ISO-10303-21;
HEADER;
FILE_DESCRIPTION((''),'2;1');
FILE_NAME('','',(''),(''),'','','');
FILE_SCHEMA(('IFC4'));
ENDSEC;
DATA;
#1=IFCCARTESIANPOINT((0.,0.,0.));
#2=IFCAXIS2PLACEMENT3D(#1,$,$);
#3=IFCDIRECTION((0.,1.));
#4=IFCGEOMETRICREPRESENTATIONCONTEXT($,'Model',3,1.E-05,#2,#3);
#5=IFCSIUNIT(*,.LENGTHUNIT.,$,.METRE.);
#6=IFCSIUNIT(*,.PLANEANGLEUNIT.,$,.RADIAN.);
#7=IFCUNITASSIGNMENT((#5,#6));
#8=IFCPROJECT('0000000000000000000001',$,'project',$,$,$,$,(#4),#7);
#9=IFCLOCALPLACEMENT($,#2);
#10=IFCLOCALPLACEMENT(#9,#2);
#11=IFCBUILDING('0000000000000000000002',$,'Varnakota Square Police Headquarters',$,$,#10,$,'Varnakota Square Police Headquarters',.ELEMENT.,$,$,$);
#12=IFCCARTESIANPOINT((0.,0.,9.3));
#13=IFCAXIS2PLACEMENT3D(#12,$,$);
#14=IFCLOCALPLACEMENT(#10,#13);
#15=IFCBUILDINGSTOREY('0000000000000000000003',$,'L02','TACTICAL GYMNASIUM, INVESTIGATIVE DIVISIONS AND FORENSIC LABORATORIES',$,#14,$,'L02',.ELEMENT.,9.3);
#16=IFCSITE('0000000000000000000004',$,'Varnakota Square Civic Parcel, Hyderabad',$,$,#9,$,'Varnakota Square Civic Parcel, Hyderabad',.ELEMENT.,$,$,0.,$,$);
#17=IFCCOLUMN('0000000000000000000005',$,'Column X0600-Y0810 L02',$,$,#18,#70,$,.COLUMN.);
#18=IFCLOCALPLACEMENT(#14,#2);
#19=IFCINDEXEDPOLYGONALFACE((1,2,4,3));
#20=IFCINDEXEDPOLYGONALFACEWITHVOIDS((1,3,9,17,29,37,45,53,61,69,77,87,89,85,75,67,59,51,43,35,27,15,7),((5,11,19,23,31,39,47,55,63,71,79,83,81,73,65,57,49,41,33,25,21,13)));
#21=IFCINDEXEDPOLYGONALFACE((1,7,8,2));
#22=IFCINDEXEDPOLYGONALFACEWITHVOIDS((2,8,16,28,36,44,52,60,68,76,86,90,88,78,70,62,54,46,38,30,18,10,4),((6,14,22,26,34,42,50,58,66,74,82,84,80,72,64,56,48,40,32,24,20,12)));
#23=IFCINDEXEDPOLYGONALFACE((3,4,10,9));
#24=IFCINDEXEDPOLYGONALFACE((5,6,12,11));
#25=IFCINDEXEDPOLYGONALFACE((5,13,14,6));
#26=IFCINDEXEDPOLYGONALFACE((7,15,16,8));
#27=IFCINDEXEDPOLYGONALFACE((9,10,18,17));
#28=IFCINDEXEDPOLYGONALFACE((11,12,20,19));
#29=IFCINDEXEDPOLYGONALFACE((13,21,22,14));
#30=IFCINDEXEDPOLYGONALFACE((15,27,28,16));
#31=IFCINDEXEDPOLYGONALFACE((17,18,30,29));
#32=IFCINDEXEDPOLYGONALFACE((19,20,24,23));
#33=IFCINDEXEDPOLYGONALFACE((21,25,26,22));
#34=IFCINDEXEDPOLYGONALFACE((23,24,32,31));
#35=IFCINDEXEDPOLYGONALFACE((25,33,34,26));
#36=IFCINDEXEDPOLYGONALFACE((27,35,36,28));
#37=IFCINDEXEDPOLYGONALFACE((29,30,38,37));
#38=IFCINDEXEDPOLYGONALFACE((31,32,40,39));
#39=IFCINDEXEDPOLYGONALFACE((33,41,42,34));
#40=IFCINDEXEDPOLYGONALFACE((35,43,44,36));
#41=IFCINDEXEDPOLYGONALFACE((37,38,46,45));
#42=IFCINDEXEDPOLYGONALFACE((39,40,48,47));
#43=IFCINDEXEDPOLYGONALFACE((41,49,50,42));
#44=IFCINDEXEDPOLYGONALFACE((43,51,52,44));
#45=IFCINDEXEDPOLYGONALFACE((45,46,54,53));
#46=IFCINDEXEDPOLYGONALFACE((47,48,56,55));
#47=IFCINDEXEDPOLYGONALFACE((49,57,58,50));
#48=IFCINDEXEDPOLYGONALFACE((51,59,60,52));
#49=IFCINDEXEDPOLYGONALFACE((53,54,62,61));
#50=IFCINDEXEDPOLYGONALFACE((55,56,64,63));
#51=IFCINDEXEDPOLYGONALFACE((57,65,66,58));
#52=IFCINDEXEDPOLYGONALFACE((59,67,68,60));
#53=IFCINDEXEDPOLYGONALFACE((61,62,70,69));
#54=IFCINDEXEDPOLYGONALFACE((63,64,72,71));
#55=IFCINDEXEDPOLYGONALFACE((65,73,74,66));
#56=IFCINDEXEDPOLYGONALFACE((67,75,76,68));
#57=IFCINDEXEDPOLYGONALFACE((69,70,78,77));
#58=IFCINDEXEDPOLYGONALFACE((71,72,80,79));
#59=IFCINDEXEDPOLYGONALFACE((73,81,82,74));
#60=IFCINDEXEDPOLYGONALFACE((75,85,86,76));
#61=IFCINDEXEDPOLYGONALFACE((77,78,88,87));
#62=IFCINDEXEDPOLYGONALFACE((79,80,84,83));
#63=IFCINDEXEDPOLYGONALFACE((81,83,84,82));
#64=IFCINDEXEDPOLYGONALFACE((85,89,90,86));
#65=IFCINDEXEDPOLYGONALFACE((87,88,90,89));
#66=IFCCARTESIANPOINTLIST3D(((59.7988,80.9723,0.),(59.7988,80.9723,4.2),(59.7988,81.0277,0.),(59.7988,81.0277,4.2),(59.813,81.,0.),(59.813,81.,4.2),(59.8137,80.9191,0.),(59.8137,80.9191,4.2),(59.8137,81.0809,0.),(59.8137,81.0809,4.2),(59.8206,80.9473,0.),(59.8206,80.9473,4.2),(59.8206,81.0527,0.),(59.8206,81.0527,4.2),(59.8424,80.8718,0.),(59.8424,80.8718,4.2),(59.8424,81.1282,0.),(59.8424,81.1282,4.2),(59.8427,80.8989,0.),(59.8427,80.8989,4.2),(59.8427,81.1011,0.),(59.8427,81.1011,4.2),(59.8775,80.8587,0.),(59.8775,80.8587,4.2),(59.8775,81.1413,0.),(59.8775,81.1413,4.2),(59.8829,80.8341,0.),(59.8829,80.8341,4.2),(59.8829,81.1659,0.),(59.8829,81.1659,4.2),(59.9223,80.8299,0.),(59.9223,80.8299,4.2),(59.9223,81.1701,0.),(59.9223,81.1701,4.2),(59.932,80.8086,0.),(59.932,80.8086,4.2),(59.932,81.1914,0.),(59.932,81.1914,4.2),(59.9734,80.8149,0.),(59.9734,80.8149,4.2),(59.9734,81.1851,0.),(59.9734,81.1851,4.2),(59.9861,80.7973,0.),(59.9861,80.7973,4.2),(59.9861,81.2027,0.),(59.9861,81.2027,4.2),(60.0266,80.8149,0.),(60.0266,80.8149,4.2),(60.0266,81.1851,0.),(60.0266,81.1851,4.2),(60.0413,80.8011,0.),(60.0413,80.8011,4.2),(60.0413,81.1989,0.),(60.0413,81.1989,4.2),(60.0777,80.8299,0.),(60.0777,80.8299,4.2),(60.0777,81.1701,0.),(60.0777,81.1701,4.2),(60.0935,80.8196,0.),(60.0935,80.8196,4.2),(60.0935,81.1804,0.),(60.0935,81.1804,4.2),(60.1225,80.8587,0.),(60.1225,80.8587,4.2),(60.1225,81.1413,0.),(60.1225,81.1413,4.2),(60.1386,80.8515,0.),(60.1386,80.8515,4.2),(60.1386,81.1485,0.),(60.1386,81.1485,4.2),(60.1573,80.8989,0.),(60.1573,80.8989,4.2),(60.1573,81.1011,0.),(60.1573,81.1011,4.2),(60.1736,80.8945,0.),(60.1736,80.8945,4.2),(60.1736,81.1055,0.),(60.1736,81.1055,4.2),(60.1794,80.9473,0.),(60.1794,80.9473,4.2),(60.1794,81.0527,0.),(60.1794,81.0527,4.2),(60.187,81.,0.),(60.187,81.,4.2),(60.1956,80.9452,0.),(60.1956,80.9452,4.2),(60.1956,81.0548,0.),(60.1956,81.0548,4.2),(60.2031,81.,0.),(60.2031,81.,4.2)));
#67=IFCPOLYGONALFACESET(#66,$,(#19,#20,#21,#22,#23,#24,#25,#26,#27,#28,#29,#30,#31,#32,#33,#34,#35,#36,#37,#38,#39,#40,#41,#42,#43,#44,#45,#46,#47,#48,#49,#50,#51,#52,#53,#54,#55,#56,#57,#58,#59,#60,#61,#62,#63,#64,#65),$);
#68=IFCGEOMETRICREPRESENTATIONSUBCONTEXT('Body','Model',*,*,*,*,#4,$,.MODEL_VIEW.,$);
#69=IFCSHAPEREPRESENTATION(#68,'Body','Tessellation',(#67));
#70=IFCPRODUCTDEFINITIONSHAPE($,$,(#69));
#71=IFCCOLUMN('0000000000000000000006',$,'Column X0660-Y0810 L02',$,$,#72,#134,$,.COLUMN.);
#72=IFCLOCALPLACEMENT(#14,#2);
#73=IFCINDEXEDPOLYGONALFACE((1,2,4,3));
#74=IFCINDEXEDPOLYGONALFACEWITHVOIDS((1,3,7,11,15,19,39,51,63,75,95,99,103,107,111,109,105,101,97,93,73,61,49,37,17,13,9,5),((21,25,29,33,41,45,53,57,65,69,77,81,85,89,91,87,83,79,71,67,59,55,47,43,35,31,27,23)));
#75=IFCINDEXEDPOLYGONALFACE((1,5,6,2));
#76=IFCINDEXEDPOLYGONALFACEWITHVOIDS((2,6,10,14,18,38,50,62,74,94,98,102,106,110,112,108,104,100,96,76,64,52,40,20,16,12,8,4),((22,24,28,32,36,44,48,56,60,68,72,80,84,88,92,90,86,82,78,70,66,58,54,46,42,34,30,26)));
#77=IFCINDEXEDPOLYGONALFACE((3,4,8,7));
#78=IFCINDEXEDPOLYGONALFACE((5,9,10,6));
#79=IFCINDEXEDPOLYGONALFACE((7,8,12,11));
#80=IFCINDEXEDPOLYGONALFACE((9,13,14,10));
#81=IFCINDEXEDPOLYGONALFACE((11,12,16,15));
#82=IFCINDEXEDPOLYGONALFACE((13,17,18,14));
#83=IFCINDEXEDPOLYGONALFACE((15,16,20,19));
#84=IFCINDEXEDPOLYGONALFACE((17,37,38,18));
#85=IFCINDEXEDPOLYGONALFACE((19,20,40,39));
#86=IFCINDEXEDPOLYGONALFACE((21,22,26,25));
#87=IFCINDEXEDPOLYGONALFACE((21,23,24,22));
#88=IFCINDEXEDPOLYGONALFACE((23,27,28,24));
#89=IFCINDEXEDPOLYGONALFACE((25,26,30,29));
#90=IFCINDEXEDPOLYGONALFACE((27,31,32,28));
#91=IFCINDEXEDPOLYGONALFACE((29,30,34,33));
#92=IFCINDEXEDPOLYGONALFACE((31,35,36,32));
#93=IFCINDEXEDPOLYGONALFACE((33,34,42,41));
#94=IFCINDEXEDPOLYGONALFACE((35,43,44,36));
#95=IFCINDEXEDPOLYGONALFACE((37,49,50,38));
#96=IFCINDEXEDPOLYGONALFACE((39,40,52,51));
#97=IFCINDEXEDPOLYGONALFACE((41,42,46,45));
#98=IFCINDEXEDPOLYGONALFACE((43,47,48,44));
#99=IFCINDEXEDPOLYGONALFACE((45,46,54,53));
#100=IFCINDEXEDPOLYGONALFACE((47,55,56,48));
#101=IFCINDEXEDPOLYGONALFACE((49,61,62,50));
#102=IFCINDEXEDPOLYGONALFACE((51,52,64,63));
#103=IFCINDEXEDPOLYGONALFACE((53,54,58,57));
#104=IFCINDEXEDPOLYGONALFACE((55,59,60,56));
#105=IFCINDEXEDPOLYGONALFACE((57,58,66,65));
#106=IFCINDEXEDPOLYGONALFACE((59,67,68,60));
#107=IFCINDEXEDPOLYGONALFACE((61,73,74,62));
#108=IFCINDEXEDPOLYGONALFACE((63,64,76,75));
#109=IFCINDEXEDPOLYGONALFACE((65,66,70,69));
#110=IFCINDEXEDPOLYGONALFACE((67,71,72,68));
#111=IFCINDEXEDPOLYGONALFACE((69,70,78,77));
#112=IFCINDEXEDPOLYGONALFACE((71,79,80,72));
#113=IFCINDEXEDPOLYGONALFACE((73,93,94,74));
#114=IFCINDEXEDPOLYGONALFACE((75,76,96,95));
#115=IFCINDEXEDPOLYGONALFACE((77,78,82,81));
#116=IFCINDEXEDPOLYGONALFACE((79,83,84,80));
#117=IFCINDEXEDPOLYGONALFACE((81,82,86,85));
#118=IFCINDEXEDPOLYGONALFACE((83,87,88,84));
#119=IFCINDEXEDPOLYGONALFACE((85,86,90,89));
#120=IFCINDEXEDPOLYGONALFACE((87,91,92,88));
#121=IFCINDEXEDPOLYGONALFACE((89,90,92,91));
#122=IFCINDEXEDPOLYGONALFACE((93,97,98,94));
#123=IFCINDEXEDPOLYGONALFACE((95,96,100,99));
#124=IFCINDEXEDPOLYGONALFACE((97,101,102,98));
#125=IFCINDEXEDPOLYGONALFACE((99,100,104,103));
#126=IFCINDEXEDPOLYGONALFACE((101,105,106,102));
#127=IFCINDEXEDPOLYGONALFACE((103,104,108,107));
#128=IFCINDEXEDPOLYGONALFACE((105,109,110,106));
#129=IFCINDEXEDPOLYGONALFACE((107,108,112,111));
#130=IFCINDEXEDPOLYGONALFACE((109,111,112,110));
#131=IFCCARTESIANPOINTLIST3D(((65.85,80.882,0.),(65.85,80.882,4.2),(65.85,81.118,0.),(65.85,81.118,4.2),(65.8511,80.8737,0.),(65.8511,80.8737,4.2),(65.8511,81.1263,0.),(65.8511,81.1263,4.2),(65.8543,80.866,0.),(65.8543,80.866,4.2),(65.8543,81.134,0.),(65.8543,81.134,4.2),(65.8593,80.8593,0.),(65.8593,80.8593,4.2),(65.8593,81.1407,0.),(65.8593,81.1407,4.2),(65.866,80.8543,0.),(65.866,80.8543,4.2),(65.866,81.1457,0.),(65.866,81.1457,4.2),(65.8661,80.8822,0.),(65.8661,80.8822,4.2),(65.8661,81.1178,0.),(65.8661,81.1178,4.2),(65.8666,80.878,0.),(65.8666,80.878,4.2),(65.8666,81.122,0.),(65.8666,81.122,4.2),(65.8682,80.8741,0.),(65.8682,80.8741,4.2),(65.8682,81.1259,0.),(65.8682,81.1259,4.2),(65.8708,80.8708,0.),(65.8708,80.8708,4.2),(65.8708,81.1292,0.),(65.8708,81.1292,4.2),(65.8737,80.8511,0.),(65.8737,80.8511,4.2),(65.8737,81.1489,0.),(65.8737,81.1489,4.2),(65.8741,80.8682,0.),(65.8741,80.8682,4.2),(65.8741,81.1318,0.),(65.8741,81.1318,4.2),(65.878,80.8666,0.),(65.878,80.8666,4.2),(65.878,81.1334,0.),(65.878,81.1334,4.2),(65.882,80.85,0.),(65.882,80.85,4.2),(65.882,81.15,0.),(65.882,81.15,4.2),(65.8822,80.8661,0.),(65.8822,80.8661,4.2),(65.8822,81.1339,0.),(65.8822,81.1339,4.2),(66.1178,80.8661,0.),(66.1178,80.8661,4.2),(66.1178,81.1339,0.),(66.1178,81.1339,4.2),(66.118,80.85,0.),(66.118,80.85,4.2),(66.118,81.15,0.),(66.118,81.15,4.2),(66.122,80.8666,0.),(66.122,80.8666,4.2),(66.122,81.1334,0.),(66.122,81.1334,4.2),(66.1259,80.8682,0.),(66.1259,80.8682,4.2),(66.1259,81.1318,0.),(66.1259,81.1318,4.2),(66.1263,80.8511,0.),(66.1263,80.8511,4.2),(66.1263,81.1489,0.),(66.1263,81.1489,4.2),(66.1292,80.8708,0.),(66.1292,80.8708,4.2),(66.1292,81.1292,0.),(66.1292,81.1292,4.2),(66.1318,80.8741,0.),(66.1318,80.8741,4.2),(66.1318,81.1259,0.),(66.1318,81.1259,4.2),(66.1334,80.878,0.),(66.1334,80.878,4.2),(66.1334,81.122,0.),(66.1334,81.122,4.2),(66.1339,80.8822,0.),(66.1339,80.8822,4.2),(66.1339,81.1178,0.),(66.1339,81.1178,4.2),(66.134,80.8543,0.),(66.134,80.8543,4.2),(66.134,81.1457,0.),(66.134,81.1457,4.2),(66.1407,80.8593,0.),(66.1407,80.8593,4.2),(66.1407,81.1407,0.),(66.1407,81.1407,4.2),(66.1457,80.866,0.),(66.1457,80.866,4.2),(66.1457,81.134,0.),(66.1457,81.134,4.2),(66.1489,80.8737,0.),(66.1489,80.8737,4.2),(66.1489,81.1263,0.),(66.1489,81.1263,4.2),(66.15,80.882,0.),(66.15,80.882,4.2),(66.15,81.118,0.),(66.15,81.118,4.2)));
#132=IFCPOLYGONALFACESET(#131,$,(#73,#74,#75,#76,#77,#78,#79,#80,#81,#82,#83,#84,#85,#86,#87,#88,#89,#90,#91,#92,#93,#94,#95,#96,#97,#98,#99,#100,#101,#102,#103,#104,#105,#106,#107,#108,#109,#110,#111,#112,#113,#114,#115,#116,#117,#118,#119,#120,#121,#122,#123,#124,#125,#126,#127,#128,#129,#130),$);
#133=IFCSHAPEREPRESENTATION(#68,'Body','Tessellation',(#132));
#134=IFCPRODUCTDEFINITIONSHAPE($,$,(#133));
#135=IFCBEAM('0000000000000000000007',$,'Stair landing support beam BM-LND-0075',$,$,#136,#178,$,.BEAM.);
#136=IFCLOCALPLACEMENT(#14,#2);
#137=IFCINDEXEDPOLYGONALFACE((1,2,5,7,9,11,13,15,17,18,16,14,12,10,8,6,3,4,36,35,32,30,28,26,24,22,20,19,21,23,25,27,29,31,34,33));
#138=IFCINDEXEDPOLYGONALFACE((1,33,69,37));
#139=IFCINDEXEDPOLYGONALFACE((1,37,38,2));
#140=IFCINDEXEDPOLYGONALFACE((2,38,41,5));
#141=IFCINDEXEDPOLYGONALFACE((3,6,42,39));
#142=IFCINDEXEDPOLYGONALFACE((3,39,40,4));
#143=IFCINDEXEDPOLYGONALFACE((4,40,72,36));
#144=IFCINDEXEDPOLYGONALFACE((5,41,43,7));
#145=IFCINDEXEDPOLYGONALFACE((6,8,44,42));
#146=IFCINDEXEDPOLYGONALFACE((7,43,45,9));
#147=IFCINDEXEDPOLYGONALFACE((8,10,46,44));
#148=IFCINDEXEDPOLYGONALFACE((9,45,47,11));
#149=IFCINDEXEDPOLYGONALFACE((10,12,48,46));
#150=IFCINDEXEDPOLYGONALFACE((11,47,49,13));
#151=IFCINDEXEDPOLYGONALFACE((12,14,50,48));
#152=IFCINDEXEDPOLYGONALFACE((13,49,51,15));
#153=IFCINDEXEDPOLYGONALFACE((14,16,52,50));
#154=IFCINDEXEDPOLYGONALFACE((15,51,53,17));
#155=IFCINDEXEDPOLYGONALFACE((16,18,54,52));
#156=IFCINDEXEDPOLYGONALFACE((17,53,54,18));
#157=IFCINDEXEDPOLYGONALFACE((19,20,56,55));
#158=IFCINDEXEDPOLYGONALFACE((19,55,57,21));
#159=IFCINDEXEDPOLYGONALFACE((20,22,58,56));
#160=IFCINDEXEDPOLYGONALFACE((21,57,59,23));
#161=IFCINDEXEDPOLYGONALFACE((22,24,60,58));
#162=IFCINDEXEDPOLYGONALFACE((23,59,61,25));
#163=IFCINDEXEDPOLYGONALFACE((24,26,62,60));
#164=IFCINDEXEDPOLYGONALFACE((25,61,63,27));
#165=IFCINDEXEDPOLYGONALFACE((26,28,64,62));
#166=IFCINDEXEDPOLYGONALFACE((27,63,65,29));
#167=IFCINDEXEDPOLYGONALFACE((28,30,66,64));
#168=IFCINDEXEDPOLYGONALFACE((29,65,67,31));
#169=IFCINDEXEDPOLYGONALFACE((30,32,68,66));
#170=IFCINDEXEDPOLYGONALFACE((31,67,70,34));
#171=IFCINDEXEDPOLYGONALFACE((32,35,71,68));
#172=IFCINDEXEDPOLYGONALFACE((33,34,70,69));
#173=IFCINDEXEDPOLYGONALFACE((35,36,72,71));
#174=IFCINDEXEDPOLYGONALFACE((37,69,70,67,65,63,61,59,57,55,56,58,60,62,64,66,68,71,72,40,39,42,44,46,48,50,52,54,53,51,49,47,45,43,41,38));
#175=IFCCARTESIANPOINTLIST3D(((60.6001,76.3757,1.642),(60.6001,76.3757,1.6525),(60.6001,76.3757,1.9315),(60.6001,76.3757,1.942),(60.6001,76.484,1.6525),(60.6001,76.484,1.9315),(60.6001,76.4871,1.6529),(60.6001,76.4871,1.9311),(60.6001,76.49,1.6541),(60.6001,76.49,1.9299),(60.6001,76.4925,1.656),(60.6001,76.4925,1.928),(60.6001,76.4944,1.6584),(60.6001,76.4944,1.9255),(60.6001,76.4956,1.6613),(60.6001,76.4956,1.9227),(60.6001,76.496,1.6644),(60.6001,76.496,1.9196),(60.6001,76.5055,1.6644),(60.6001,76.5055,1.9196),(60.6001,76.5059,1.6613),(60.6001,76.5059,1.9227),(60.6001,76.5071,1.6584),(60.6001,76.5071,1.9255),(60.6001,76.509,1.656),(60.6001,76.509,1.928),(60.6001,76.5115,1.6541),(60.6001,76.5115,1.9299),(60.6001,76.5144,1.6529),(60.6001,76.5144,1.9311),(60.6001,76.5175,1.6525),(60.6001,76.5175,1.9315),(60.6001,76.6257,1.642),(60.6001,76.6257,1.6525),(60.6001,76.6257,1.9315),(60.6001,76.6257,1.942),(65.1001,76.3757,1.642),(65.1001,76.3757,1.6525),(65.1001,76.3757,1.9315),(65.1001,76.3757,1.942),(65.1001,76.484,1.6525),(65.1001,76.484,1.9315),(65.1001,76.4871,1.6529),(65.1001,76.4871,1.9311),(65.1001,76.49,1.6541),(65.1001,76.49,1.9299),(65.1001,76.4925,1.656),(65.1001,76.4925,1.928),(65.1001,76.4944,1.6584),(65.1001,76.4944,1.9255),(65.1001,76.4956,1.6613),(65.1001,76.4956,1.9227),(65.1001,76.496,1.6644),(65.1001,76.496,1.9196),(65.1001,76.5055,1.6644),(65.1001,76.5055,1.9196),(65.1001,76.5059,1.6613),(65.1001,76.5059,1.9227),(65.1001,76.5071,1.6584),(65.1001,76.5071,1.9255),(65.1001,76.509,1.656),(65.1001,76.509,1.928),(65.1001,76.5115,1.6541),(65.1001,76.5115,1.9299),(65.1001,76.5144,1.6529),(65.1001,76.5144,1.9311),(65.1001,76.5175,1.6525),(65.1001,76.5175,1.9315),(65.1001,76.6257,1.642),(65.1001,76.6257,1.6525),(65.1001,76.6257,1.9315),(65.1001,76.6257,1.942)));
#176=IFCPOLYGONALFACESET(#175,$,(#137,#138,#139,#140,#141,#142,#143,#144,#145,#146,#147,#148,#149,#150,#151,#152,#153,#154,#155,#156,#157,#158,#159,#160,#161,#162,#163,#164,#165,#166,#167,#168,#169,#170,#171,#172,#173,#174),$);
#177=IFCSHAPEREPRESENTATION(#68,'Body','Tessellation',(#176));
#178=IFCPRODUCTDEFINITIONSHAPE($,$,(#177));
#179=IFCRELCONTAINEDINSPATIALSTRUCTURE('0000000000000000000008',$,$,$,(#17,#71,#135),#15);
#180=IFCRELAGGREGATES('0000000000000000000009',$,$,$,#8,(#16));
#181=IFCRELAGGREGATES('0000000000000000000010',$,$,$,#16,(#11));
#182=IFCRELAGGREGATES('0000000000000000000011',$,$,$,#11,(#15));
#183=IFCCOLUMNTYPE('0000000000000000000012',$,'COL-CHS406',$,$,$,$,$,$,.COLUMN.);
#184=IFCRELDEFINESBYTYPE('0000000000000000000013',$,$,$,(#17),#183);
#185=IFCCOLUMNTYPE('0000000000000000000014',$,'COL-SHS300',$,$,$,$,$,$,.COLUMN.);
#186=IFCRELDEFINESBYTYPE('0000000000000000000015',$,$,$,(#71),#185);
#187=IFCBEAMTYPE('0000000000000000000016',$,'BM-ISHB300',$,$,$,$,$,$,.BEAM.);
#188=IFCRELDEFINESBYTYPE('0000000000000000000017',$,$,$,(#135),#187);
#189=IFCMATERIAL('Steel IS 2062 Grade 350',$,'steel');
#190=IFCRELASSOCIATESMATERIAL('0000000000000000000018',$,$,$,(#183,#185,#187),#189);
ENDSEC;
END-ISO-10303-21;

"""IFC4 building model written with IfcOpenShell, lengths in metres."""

from ifc_helpers import new_model, si_unit, direction, frame, origin, origin_2d, place, context, subcontext, project, spatial, hollow_rectangle, hollow_circle, i_section, extrude, material, material_profile, profile_set, type_object, element, save


model = new_model("IFC4")

# Units and contexts
model_context = context("Model", 3, precision=1e-05, world=origin(), true_north=direction((0.0, 1.0)))
body_context = subcontext(model_context, "Body", "Model", "MODEL_VIEW")
ifc_project = project(units=[si_unit("LENGTHUNIT", "METRE"), si_unit("PLANEANGLEUNIT", "RADIAN")], contexts=[model_context])

# Site, building, storey
site_placement = place(None, origin())
site = spatial("IfcSite", under=ifc_project, at=site_placement, Name="Varnakota Square Civic Parcel, Hyderabad", LongName="Varnakota Square Civic Parcel, Hyderabad", CompositionType="ELEMENT", RefElevation=0.0)
building_placement = place(site_placement, origin())
building = spatial("IfcBuilding", under=site, at=building_placement, Name="Varnakota Square Police Headquarters", LongName="Varnakota Square Police Headquarters", CompositionType="ELEMENT")
storey_placement = place(building_placement, frame((0.0, 0.0, 9.3)))
storey = spatial("IfcBuildingStorey", under=building, at=storey_placement, Name="L02", Description="TACTICAL GYMNASIUM, INVESTIGATIVE DIVISIONS AND FORENSIC LABORATORIES", LongName="L02", CompositionType="ELEMENT", Elevation=9.3)

# Columns
ifc_material_1 = material(Name="Steel IS 2062 Grade 350", Category="steel")
ifc_material_profile_1 = material_profile(ifc_material_1, hollow_circle(Radius=0.2031, WallThickness=0.0161, at=origin_2d()), Name="CHS 406.4x16.0")
ifc_profile_set_1 = profile_set([ifc_material_profile_1], Name="Steel IS 2062 Grade 350")
column_type_1 = type_object("IfcColumnType", Name="COL-CHS406", PredefinedType="COLUMN", material=ifc_profile_set_1)
column_1_placement = place(storey_placement, frame((60.0, 81.0, 0.0), z_axis=(0.0, 0.0, 1.0), x_axis=(1.0, 0.0, 0.0)))
element("IfcColumn", 1, at=column_1_placement, inside=storey, type_object=column_type_1, Name="Column X0600-Y0810 L02", PredefinedType="COLUMN", context=body_context, shape_type="SweptSolid", body=[
    extrude(hollow_circle(Radius=0.2031, WallThickness=0.0161, at=origin_2d()), origin(), (0.0, 0.0, 1.0), 4.2),
])
ifc_material_profile_2 = material_profile(ifc_material_1, hollow_rectangle(XDim=0.3, YDim=0.3, WallThickness=0.0161, InnerFilletRadius=0.0161, OuterFilletRadius=0.032, at=origin_2d()), Name="SHS 300x300x16")
ifc_profile_set_2 = profile_set([ifc_material_profile_2], Name="Steel IS 2062 Grade 350")
column_type_2 = type_object("IfcColumnType", Name="COL-SHS300", PredefinedType="COLUMN", material=ifc_profile_set_2)
column_2_placement = place(storey_placement, frame((66.0, 81.0, 0.0), z_axis=(0.0, 0.0, 1.0), x_axis=(1.0, 0.0, 0.0)))
element("IfcColumn", 2, at=column_2_placement, inside=storey, type_object=column_type_2, Name="Column X0660-Y0810 L02", PredefinedType="COLUMN", context=body_context, shape_type="SweptSolid", body=[
    extrude(hollow_rectangle(XDim=0.3, YDim=0.3, WallThickness=0.0161, InnerFilletRadius=0.0161, OuterFilletRadius=0.032, at=origin_2d()), origin(), (0.0, 0.0, 1.0), 4.2),
])

# Beam
ifc_material_profile_3 = material_profile(ifc_material_1, i_section(OverallWidth=0.25, OverallDepth=0.3, WebThickness=0.0095, FlangeThickness=0.0105, FilletRadius=0.012, at=origin_2d()), Name="ISHB 300")
ifc_profile_set_3 = profile_set([ifc_material_profile_3], Name="Steel IS 2062 Grade 350")
beam_type_1 = type_object("IfcBeamType", Name="BM-ISHB300", PredefinedType="BEAM", material=ifc_profile_set_3)
beam_1_placement = place(storey_placement, frame((60.6001, 76.5007, 1.792), z_axis=(1.0, 0.0, 0.0), x_axis=(0.0, 1.0, 0.0)))
element("IfcBeam", 3, at=beam_1_placement, inside=storey, type_object=beam_type_1, Name="Stair landing support beam BM-LND-0075", PredefinedType="BEAM", context=body_context, shape_type="SweptSolid", body=[
    extrude(i_section(OverallWidth=0.25, OverallDepth=0.3, WebThickness=0.0095, FlangeThickness=0.0105, FilletRadius=0.012, at=origin_2d()), origin(), (0.0, 0.0, 1.0), 4.5),
])

save(model, "model.ifc")
